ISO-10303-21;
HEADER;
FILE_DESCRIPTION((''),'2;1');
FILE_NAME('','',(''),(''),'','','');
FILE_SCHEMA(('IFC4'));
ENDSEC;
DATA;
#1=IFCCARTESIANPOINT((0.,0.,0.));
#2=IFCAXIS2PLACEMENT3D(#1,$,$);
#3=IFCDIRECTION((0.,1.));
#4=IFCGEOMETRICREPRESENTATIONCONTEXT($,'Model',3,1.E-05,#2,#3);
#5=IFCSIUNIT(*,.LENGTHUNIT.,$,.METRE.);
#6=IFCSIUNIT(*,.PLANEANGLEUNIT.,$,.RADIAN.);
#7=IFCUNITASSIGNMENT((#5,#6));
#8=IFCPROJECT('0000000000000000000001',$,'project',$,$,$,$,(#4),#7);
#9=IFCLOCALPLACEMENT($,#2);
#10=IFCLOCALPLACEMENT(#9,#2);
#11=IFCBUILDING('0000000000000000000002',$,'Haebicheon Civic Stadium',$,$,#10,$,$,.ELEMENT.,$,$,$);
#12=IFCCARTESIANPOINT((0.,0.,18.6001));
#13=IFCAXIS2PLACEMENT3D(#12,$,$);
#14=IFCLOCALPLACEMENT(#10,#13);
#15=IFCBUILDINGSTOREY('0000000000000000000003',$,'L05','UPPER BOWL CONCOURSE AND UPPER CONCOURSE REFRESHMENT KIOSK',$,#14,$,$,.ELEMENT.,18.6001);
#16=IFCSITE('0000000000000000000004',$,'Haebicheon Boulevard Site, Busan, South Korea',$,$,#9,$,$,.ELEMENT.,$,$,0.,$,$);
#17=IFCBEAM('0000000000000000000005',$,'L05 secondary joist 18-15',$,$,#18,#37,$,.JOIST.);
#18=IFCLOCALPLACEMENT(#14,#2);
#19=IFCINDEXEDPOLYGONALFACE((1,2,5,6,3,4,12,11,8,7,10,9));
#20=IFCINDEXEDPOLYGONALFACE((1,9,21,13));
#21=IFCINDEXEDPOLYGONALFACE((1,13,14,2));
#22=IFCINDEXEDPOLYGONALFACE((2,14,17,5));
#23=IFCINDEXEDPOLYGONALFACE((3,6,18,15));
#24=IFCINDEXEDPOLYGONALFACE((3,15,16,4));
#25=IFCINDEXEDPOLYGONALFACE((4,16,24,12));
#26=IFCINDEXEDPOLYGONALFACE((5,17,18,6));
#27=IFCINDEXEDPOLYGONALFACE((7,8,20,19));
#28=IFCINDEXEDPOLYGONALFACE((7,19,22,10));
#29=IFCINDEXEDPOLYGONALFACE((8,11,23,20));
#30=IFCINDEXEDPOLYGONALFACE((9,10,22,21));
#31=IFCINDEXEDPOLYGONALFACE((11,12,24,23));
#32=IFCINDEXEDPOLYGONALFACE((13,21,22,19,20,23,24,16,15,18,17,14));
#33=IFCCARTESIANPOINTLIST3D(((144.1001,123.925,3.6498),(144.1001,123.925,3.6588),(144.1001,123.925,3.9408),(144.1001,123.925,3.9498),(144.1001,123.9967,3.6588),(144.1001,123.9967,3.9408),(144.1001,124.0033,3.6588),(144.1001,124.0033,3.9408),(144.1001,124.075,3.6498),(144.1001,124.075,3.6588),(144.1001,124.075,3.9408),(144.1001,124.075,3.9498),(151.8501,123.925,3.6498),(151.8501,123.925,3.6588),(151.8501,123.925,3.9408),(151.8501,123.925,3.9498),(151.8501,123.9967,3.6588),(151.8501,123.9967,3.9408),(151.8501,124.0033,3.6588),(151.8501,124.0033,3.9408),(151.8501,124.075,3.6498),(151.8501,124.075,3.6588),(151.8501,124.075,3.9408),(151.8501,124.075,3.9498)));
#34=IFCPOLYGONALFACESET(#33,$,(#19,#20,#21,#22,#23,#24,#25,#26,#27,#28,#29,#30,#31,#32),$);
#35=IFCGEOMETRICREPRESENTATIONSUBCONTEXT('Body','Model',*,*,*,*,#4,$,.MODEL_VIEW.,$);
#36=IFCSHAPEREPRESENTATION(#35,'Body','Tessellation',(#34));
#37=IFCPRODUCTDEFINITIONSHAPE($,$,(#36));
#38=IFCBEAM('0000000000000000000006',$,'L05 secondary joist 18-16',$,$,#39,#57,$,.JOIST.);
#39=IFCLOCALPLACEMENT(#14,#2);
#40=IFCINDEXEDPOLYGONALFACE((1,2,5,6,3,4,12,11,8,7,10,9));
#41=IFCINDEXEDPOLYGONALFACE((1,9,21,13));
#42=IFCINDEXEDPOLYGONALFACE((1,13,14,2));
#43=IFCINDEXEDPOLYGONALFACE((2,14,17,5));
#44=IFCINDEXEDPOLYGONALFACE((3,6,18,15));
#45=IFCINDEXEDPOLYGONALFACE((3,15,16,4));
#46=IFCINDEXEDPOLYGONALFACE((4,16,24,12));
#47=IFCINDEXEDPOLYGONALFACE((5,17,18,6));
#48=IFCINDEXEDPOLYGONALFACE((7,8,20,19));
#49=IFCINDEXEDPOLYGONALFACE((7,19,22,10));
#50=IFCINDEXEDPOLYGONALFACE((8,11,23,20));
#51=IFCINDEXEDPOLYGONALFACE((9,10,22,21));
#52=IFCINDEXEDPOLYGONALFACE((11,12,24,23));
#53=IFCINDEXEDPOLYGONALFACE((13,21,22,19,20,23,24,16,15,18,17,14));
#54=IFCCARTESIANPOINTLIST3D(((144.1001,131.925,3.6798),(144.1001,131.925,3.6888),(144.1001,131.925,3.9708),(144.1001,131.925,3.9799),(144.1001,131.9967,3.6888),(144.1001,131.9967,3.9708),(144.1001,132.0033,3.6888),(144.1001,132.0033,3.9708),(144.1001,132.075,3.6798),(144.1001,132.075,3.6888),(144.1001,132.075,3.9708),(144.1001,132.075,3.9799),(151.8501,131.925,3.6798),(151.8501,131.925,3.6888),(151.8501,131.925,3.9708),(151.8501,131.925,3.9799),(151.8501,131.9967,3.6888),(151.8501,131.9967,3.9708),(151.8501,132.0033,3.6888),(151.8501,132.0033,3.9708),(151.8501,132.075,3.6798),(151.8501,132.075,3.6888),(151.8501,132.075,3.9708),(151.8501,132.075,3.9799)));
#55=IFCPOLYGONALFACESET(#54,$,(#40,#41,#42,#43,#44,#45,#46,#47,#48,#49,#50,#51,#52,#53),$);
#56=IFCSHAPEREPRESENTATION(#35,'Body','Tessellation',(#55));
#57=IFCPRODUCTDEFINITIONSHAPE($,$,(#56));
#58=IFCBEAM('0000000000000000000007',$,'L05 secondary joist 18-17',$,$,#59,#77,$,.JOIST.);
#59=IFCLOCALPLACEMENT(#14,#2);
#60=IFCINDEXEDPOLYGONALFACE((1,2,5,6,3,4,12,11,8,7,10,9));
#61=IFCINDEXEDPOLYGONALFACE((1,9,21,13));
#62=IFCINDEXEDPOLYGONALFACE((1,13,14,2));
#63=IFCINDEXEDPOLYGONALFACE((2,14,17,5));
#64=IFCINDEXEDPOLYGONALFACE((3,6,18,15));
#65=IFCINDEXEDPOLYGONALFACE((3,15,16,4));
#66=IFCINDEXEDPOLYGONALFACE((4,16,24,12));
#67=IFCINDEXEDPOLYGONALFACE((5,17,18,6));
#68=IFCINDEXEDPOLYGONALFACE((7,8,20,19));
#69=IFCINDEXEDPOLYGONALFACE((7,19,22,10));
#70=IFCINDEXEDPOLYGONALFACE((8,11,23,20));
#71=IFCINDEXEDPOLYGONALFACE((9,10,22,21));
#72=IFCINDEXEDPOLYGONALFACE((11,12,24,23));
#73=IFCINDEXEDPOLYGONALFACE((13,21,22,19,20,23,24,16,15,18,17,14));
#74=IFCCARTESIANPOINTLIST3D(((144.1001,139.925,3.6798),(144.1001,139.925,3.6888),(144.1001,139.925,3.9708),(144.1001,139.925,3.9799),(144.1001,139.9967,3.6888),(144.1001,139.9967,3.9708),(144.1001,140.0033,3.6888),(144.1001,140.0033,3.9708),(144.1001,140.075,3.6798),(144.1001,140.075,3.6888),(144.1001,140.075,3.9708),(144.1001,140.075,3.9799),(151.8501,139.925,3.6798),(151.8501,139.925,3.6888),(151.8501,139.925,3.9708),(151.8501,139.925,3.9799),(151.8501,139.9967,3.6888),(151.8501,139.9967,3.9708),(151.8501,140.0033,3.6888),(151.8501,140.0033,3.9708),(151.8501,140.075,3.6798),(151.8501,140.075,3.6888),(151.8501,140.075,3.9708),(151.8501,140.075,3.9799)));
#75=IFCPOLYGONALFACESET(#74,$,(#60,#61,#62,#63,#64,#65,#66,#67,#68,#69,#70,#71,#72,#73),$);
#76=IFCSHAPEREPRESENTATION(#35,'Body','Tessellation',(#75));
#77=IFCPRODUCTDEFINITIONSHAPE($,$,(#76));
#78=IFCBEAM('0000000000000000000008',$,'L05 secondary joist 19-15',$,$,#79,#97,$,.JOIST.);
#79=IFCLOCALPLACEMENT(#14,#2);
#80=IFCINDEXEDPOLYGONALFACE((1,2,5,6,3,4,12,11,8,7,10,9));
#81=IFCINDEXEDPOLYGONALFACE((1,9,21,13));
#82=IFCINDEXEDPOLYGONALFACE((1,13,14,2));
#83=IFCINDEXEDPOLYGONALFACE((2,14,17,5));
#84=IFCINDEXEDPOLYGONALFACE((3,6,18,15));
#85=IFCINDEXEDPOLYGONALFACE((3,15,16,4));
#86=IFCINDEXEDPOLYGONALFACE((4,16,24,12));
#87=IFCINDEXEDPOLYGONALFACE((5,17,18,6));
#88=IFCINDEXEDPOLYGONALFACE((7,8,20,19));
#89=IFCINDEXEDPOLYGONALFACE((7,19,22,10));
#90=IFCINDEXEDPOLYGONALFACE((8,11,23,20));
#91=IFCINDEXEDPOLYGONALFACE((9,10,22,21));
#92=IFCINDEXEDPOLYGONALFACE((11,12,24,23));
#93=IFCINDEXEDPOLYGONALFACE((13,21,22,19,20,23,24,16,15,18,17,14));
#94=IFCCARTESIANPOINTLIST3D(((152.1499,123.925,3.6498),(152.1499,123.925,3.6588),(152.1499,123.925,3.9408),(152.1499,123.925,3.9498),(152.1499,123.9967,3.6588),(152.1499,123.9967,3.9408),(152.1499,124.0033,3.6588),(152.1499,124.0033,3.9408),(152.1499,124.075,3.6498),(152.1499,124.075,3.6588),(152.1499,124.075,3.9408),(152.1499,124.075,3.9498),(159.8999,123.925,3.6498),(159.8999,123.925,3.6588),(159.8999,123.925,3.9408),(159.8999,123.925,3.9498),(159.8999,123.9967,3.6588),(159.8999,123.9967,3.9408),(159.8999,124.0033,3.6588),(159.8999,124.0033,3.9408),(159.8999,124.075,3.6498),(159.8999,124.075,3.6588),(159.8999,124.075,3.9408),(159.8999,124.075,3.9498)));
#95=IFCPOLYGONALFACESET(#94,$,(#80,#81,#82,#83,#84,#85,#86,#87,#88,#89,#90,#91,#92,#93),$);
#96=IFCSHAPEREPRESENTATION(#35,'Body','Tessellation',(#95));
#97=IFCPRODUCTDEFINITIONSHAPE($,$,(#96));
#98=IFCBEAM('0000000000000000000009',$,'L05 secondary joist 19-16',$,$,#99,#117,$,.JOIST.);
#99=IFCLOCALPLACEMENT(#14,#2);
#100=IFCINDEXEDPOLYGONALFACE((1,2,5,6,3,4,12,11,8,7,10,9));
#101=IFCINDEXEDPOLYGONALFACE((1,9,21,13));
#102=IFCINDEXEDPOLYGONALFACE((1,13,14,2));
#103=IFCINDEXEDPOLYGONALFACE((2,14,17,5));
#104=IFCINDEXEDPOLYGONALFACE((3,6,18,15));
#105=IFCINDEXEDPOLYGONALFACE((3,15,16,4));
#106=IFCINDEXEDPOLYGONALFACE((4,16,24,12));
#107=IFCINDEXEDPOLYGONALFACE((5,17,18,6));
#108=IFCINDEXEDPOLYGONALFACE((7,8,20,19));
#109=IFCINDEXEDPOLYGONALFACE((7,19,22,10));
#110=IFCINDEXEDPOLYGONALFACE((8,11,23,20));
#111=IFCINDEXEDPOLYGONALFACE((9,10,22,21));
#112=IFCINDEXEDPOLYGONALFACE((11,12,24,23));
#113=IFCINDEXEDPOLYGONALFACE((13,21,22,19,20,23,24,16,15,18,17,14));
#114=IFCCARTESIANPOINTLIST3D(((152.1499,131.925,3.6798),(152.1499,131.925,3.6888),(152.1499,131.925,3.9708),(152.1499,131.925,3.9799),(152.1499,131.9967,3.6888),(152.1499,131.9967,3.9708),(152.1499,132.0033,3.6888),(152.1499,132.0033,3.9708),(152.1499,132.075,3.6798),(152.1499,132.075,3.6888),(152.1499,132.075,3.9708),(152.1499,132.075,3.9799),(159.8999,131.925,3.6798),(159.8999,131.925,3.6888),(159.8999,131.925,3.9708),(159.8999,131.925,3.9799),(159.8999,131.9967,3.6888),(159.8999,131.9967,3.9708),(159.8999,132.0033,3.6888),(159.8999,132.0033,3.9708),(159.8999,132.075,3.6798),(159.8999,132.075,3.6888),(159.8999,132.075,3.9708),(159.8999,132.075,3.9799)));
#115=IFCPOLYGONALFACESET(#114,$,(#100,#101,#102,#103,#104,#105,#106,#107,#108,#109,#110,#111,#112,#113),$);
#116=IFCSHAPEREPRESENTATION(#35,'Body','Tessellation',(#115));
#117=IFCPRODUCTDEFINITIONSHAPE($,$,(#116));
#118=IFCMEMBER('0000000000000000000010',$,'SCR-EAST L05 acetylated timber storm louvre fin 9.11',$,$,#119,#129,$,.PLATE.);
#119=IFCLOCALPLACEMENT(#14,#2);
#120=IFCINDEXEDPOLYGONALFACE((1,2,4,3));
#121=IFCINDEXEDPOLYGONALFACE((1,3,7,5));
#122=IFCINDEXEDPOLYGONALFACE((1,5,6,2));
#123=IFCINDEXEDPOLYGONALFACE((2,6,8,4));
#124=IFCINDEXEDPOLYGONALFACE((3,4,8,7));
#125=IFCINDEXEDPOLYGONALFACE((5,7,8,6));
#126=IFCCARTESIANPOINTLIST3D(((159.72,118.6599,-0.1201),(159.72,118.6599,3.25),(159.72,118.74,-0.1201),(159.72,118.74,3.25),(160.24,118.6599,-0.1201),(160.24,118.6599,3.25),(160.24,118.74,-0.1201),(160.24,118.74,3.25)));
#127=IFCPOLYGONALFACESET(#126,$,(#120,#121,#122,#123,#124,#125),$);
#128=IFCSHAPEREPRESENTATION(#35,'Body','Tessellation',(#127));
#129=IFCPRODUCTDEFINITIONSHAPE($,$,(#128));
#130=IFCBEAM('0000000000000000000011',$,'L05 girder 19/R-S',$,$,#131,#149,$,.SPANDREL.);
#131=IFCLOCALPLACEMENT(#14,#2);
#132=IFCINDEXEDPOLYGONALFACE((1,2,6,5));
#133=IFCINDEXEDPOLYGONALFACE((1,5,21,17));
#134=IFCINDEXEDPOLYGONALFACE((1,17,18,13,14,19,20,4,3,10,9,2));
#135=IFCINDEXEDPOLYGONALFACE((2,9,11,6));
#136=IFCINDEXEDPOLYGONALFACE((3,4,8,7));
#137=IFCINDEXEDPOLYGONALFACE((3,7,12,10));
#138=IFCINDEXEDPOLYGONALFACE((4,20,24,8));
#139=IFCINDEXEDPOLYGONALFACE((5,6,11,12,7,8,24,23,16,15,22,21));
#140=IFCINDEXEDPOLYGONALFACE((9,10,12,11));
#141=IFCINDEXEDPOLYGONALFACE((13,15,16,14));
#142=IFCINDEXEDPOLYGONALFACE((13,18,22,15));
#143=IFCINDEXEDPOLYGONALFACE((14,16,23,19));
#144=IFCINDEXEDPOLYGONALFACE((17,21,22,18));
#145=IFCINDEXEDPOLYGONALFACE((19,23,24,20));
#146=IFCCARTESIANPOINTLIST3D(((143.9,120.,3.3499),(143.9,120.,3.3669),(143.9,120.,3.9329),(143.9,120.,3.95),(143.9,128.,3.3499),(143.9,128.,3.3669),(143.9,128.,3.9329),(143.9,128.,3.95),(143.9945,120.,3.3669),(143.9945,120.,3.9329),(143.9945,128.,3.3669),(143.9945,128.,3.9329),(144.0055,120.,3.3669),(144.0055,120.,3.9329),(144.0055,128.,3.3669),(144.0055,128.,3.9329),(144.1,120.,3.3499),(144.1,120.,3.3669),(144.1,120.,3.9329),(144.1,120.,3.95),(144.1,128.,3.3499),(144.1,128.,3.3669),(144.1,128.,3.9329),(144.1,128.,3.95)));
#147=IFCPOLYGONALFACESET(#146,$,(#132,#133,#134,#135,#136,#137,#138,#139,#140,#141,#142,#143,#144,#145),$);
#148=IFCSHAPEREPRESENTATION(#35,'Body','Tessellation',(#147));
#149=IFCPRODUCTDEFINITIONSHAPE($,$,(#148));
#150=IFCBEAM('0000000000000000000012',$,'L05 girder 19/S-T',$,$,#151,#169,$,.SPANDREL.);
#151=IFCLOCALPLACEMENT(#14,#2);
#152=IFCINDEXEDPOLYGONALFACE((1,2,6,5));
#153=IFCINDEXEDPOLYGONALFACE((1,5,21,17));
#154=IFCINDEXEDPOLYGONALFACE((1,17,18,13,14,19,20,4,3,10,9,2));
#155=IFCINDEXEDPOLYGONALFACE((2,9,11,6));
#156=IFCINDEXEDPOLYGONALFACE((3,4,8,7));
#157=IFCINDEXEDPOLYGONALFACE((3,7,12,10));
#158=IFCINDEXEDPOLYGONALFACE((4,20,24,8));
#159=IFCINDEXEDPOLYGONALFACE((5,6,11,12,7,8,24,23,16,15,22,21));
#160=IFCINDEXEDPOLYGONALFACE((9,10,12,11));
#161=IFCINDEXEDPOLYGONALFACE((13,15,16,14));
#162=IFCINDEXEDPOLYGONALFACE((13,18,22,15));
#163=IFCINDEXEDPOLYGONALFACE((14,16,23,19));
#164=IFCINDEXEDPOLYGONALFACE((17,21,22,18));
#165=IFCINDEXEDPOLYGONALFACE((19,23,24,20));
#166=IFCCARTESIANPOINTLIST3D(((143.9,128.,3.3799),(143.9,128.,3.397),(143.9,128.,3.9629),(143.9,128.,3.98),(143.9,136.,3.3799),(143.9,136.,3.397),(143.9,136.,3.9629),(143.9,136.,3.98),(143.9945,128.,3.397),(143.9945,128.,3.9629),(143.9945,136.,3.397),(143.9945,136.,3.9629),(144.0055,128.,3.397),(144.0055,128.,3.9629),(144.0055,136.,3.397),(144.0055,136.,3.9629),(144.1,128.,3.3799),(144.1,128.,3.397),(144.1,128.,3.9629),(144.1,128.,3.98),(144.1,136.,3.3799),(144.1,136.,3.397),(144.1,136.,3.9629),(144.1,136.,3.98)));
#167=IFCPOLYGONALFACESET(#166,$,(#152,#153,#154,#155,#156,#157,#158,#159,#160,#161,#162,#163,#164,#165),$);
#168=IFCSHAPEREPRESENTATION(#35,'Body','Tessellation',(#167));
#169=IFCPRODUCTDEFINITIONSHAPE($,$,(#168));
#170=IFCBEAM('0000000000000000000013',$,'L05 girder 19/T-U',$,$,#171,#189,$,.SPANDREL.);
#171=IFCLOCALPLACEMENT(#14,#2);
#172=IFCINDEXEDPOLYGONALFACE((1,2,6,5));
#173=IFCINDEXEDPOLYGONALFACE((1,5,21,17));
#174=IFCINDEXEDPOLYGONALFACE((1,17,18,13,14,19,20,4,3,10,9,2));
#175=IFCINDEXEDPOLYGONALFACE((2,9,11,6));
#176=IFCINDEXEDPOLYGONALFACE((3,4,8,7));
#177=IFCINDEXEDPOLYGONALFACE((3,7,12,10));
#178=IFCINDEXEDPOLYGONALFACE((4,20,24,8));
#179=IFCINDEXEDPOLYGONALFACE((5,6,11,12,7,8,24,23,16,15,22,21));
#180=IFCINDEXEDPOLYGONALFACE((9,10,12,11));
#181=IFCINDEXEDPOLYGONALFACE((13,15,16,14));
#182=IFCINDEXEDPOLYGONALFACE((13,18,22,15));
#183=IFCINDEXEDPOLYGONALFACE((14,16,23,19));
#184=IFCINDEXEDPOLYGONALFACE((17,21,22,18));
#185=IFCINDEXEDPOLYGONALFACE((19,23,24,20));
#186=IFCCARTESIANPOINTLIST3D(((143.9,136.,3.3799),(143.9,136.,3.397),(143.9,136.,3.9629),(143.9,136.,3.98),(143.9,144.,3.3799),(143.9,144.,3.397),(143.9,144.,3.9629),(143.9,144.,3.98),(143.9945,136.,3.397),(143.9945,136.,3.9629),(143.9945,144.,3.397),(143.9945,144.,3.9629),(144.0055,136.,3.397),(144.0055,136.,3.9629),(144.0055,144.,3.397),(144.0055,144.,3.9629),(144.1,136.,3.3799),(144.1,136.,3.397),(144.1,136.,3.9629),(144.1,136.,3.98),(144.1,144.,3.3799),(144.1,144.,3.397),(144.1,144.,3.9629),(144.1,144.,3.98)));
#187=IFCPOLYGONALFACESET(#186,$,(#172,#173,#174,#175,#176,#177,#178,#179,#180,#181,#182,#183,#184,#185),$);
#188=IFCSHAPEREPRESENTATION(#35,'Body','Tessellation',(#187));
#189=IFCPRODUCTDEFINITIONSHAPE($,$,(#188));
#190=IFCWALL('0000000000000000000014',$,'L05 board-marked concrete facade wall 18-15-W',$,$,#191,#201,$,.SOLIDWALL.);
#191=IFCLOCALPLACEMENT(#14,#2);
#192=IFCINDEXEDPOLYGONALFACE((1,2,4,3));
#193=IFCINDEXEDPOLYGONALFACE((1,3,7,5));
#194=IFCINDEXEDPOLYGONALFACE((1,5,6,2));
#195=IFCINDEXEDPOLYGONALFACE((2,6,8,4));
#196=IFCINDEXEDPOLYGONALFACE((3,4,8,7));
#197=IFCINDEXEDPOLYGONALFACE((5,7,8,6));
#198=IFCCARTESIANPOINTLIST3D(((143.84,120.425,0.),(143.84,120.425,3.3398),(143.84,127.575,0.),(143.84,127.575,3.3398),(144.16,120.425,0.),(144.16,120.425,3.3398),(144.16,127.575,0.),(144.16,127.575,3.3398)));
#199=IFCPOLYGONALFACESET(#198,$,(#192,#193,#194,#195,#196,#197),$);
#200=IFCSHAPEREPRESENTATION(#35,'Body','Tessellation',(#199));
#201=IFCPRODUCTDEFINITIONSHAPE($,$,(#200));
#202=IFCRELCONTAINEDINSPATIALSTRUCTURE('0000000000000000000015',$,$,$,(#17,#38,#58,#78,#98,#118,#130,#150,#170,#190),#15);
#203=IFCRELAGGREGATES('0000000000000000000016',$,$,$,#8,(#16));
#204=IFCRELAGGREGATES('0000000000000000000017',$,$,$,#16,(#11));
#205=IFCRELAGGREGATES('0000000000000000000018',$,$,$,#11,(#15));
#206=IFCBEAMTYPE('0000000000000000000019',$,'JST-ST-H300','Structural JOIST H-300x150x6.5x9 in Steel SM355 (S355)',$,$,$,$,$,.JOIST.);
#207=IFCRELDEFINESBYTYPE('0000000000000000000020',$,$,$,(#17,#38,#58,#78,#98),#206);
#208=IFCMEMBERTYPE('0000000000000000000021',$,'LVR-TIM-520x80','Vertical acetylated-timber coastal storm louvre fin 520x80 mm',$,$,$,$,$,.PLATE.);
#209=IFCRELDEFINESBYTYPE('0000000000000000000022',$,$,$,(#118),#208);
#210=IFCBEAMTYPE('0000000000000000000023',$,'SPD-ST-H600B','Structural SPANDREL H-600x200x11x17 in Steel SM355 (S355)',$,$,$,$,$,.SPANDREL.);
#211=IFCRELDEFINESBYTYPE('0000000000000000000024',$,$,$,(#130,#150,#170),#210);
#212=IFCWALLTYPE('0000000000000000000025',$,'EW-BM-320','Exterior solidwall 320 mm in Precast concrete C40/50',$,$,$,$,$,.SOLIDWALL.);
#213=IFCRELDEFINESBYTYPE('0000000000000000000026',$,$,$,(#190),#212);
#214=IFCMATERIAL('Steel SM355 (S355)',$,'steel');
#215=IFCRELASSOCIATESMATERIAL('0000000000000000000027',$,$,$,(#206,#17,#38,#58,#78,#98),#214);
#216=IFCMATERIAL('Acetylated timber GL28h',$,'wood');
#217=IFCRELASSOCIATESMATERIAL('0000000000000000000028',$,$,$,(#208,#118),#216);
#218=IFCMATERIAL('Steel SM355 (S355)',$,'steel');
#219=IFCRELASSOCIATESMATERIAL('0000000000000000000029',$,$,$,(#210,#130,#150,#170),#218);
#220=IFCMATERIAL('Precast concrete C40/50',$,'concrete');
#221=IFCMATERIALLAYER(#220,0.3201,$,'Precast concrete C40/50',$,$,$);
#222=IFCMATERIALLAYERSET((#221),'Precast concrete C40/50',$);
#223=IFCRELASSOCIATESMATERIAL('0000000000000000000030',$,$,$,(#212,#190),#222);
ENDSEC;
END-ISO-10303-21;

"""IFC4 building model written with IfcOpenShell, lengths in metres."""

from ifc_helpers import new_model, si_unit, direction, frame, frame_2d, origin, origin_2d, place, context, subcontext, project, spatial, rectangle, i_section, extrude, material, layer, layer_set, material_profile, profile_set, type_object, element, save


model = new_model("IFC4")

# Units and contexts
model_context = context("Model", 3, precision=1e-05, world=origin(), true_north=direction((0.0, 1.0)))
body_context = subcontext(model_context, "Body", "Model", "MODEL_VIEW")
ifc_project = project(units=[si_unit("LENGTHUNIT", "METRE"), si_unit("PLANEANGLEUNIT", "RADIAN")], contexts=[model_context])

# Site, building, storey
site_placement = place(None, origin())
site = spatial("IfcSite", under=ifc_project, at=site_placement, Name="Haebicheon Boulevard Site, Busan, South Korea", CompositionType="ELEMENT", RefElevation=0.0)
building_placement = place(site_placement, origin())
building = spatial("IfcBuilding", under=site, at=building_placement, Name="Haebicheon Civic Stadium", CompositionType="ELEMENT")
storey_placement = place(building_placement, frame((0.0, 0.0, 18.6001)))
storey = spatial("IfcBuildingStorey", under=building, at=storey_placement, Name="L05", Description="UPPER BOWL CONCOURSE AND UPPER CONCOURSE REFRESHMENT KIOSK", CompositionType="ELEMENT", Elevation=18.6001)

# Beams
ifc_material_1 = material(Name="Steel SM355 (S355)", Category="steel")
ifc_material_profile_1 = material_profile(ifc_material_1, i_section(OverallWidth=0.1499, OverallDepth=0.3, WebThickness=0.0066, FlangeThickness=0.009, at=origin_2d()), Name="H-300x150x6.5x9")
ifc_profile_set_1 = profile_set([ifc_material_profile_1], Name="Steel SM355 (S355)")
beam_type_1 = type_object("IfcBeamType", Name="JST-ST-H300", Description="Structural JOIST H-300x150x6.5x9 in Steel SM355 (S355)", PredefinedType="JOIST", material=ifc_profile_set_1)
for number, where, z_axis, x_axis, name in (
    (1, (144.1001, 124.0, 3.7998), (1.0, 0.0, 0.0), (0.0, 1.0, 0.0), "L05 secondary joist 18-15"),
    (2, (144.1001, 132.0, 3.8298), (1.0, 0.0, 0.0), (0.0, 1.0, 0.0), "L05 secondary joist 18-16"),
    (3, (144.1001, 140.0, 3.8298), (1.0, 0.0, 0.0), (0.0, 1.0, 0.0), "L05 secondary joist 18-17"),
    (4, (152.1499, 124.0, 3.7998), (1.0, 0.0, 0.0), (0.0, 1.0, 0.0), "L05 secondary joist 19-15"),
    (5, (152.1499, 132.0, 3.8298), (1.0, 0.0, 0.0), (0.0, 1.0, 0.0), "L05 secondary joist 19-16"),
):
    element("IfcBeam", number, at=place(storey_placement, frame(where, z_axis=z_axis, x_axis=x_axis)), inside=storey, type_object=beam_type_1, material=ifc_profile_set_1, Name=name, PredefinedType="JOIST", context=body_context, shape_type="SweptSolid", body=[
        extrude(i_section(OverallWidth=0.1499, OverallDepth=0.3, WebThickness=0.0066, FlangeThickness=0.009, at=origin_2d()), origin(), (0.0, 0.0, 1.0), 7.75),
    ])

# Member
ifc_material_2 = material(Name="Acetylated timber GL28h", Category="wood")
ifc_material_profile_2 = material_profile(ifc_material_2, rectangle(XDim=0.0801, YDim=0.52, at=origin_2d()), Name="TMB-LOUV-80x520")
ifc_profile_set_2 = profile_set([ifc_material_profile_2], Name="Acetylated timber GL28h")
member_type = type_object("IfcMemberType", Name="LVR-TIM-520x80", Description="Vertical acetylated-timber coastal storm louvre fin 520x80 mm", PredefinedType="PLATE", material=ifc_profile_set_2)
member_placement = place(storey_placement, frame((159.98, 118.7, -0.1201), z_axis=(0.0, 0.0, 1.0), x_axis=(0.0, 1.0, 0.0)))
element("IfcMember", 6, at=member_placement, inside=storey, type_object=member_type, material=ifc_profile_set_2, Name="SCR-EAST L05 acetylated timber storm louvre fin 9.11", PredefinedType="PLATE", context=body_context, shape_type="SweptSolid", body=[
    extrude(rectangle(XDim=0.0801, YDim=0.52, at=origin_2d()), origin(), (0.0, 0.0, 1.0), 3.3701),
])

# Beams
ifc_material_3 = material(Name="Steel SM355 (S355)", Category="steel")
ifc_material_profile_3 = material_profile(ifc_material_3, i_section(OverallWidth=0.2, OverallDepth=0.6001, WebThickness=0.011, FlangeThickness=0.0171, at=origin_2d()), Name="H-600x200x11x17")
ifc_profile_set_3 = profile_set([ifc_material_profile_3], Name="Steel SM355 (S355)")
beam_type_2 = type_object("IfcBeamType", Name="SPD-ST-H600B", Description="Structural SPANDREL H-600x200x11x17 in Steel SM355 (S355)", PredefinedType="SPANDREL", material=ifc_profile_set_3)
for number, where, z_axis, x_axis, name in (
    (7, (144.0, 120.0, 3.6499), (0.0, 1.0, 0.0), (-1.0, 0.0, 0.0), "L05 girder 19/R-S"),
    (8, (144.0, 128.0, 3.6799), (0.0, 1.0, 0.0), (-1.0, 0.0, 0.0), "L05 girder 19/S-T"),
    (9, (144.0, 136.0, 3.6799), (0.0, 1.0, 0.0), (-1.0, 0.0, 0.0), "L05 girder 19/T-U"),
):
    element("IfcBeam", number, at=place(storey_placement, frame(where, z_axis=z_axis, x_axis=x_axis)), inside=storey, type_object=beam_type_2, material=ifc_profile_set_3, Name=name, PredefinedType="SPANDREL", context=body_context, shape_type="SweptSolid", body=[
        extrude(i_section(OverallWidth=0.2, OverallDepth=0.6001, WebThickness=0.011, FlangeThickness=0.0171, at=origin_2d()), origin(), (0.0, 0.0, 1.0), 8.0),
    ])

# Wall
ifc_material_4 = material(Name="Precast concrete C40/50", Category="concrete")
ifc_layer = layer(ifc_material_4, 0.3201, Name="Precast concrete C40/50")
ifc_layer_set = layer_set([ifc_layer], Name="Precast concrete C40/50")
wall_type = type_object("IfcWallType", Name="EW-BM-320", Description="Exterior solidwall 320 mm in Precast concrete C40/50", PredefinedType="SOLIDWALL", material=ifc_layer_set)
for number, where, z_axis, x_axis, name in (
    (10, (144.0, 120.425, 0.0), (0.0, 0.0, 1.0), (0.0, 1.0, 0.0), "L05 board-marked concrete facade wall 18-15-W"),
):
    element("IfcWall", number, at=place(storey_placement, frame(where, z_axis=z_axis, x_axis=x_axis)), inside=storey, type_object=wall_type, material=ifc_layer_set, Name=name, PredefinedType="SOLIDWALL", context=body_context, shape_type="SweptSolid", body=[
        extrude(rectangle(XDim=7.1499, YDim=0.3201, at=frame_2d((3.575, 0.0))), origin(), (0.0, 0.0, 1.0), 3.3398),
    ])

save(model, "model.ifc")
